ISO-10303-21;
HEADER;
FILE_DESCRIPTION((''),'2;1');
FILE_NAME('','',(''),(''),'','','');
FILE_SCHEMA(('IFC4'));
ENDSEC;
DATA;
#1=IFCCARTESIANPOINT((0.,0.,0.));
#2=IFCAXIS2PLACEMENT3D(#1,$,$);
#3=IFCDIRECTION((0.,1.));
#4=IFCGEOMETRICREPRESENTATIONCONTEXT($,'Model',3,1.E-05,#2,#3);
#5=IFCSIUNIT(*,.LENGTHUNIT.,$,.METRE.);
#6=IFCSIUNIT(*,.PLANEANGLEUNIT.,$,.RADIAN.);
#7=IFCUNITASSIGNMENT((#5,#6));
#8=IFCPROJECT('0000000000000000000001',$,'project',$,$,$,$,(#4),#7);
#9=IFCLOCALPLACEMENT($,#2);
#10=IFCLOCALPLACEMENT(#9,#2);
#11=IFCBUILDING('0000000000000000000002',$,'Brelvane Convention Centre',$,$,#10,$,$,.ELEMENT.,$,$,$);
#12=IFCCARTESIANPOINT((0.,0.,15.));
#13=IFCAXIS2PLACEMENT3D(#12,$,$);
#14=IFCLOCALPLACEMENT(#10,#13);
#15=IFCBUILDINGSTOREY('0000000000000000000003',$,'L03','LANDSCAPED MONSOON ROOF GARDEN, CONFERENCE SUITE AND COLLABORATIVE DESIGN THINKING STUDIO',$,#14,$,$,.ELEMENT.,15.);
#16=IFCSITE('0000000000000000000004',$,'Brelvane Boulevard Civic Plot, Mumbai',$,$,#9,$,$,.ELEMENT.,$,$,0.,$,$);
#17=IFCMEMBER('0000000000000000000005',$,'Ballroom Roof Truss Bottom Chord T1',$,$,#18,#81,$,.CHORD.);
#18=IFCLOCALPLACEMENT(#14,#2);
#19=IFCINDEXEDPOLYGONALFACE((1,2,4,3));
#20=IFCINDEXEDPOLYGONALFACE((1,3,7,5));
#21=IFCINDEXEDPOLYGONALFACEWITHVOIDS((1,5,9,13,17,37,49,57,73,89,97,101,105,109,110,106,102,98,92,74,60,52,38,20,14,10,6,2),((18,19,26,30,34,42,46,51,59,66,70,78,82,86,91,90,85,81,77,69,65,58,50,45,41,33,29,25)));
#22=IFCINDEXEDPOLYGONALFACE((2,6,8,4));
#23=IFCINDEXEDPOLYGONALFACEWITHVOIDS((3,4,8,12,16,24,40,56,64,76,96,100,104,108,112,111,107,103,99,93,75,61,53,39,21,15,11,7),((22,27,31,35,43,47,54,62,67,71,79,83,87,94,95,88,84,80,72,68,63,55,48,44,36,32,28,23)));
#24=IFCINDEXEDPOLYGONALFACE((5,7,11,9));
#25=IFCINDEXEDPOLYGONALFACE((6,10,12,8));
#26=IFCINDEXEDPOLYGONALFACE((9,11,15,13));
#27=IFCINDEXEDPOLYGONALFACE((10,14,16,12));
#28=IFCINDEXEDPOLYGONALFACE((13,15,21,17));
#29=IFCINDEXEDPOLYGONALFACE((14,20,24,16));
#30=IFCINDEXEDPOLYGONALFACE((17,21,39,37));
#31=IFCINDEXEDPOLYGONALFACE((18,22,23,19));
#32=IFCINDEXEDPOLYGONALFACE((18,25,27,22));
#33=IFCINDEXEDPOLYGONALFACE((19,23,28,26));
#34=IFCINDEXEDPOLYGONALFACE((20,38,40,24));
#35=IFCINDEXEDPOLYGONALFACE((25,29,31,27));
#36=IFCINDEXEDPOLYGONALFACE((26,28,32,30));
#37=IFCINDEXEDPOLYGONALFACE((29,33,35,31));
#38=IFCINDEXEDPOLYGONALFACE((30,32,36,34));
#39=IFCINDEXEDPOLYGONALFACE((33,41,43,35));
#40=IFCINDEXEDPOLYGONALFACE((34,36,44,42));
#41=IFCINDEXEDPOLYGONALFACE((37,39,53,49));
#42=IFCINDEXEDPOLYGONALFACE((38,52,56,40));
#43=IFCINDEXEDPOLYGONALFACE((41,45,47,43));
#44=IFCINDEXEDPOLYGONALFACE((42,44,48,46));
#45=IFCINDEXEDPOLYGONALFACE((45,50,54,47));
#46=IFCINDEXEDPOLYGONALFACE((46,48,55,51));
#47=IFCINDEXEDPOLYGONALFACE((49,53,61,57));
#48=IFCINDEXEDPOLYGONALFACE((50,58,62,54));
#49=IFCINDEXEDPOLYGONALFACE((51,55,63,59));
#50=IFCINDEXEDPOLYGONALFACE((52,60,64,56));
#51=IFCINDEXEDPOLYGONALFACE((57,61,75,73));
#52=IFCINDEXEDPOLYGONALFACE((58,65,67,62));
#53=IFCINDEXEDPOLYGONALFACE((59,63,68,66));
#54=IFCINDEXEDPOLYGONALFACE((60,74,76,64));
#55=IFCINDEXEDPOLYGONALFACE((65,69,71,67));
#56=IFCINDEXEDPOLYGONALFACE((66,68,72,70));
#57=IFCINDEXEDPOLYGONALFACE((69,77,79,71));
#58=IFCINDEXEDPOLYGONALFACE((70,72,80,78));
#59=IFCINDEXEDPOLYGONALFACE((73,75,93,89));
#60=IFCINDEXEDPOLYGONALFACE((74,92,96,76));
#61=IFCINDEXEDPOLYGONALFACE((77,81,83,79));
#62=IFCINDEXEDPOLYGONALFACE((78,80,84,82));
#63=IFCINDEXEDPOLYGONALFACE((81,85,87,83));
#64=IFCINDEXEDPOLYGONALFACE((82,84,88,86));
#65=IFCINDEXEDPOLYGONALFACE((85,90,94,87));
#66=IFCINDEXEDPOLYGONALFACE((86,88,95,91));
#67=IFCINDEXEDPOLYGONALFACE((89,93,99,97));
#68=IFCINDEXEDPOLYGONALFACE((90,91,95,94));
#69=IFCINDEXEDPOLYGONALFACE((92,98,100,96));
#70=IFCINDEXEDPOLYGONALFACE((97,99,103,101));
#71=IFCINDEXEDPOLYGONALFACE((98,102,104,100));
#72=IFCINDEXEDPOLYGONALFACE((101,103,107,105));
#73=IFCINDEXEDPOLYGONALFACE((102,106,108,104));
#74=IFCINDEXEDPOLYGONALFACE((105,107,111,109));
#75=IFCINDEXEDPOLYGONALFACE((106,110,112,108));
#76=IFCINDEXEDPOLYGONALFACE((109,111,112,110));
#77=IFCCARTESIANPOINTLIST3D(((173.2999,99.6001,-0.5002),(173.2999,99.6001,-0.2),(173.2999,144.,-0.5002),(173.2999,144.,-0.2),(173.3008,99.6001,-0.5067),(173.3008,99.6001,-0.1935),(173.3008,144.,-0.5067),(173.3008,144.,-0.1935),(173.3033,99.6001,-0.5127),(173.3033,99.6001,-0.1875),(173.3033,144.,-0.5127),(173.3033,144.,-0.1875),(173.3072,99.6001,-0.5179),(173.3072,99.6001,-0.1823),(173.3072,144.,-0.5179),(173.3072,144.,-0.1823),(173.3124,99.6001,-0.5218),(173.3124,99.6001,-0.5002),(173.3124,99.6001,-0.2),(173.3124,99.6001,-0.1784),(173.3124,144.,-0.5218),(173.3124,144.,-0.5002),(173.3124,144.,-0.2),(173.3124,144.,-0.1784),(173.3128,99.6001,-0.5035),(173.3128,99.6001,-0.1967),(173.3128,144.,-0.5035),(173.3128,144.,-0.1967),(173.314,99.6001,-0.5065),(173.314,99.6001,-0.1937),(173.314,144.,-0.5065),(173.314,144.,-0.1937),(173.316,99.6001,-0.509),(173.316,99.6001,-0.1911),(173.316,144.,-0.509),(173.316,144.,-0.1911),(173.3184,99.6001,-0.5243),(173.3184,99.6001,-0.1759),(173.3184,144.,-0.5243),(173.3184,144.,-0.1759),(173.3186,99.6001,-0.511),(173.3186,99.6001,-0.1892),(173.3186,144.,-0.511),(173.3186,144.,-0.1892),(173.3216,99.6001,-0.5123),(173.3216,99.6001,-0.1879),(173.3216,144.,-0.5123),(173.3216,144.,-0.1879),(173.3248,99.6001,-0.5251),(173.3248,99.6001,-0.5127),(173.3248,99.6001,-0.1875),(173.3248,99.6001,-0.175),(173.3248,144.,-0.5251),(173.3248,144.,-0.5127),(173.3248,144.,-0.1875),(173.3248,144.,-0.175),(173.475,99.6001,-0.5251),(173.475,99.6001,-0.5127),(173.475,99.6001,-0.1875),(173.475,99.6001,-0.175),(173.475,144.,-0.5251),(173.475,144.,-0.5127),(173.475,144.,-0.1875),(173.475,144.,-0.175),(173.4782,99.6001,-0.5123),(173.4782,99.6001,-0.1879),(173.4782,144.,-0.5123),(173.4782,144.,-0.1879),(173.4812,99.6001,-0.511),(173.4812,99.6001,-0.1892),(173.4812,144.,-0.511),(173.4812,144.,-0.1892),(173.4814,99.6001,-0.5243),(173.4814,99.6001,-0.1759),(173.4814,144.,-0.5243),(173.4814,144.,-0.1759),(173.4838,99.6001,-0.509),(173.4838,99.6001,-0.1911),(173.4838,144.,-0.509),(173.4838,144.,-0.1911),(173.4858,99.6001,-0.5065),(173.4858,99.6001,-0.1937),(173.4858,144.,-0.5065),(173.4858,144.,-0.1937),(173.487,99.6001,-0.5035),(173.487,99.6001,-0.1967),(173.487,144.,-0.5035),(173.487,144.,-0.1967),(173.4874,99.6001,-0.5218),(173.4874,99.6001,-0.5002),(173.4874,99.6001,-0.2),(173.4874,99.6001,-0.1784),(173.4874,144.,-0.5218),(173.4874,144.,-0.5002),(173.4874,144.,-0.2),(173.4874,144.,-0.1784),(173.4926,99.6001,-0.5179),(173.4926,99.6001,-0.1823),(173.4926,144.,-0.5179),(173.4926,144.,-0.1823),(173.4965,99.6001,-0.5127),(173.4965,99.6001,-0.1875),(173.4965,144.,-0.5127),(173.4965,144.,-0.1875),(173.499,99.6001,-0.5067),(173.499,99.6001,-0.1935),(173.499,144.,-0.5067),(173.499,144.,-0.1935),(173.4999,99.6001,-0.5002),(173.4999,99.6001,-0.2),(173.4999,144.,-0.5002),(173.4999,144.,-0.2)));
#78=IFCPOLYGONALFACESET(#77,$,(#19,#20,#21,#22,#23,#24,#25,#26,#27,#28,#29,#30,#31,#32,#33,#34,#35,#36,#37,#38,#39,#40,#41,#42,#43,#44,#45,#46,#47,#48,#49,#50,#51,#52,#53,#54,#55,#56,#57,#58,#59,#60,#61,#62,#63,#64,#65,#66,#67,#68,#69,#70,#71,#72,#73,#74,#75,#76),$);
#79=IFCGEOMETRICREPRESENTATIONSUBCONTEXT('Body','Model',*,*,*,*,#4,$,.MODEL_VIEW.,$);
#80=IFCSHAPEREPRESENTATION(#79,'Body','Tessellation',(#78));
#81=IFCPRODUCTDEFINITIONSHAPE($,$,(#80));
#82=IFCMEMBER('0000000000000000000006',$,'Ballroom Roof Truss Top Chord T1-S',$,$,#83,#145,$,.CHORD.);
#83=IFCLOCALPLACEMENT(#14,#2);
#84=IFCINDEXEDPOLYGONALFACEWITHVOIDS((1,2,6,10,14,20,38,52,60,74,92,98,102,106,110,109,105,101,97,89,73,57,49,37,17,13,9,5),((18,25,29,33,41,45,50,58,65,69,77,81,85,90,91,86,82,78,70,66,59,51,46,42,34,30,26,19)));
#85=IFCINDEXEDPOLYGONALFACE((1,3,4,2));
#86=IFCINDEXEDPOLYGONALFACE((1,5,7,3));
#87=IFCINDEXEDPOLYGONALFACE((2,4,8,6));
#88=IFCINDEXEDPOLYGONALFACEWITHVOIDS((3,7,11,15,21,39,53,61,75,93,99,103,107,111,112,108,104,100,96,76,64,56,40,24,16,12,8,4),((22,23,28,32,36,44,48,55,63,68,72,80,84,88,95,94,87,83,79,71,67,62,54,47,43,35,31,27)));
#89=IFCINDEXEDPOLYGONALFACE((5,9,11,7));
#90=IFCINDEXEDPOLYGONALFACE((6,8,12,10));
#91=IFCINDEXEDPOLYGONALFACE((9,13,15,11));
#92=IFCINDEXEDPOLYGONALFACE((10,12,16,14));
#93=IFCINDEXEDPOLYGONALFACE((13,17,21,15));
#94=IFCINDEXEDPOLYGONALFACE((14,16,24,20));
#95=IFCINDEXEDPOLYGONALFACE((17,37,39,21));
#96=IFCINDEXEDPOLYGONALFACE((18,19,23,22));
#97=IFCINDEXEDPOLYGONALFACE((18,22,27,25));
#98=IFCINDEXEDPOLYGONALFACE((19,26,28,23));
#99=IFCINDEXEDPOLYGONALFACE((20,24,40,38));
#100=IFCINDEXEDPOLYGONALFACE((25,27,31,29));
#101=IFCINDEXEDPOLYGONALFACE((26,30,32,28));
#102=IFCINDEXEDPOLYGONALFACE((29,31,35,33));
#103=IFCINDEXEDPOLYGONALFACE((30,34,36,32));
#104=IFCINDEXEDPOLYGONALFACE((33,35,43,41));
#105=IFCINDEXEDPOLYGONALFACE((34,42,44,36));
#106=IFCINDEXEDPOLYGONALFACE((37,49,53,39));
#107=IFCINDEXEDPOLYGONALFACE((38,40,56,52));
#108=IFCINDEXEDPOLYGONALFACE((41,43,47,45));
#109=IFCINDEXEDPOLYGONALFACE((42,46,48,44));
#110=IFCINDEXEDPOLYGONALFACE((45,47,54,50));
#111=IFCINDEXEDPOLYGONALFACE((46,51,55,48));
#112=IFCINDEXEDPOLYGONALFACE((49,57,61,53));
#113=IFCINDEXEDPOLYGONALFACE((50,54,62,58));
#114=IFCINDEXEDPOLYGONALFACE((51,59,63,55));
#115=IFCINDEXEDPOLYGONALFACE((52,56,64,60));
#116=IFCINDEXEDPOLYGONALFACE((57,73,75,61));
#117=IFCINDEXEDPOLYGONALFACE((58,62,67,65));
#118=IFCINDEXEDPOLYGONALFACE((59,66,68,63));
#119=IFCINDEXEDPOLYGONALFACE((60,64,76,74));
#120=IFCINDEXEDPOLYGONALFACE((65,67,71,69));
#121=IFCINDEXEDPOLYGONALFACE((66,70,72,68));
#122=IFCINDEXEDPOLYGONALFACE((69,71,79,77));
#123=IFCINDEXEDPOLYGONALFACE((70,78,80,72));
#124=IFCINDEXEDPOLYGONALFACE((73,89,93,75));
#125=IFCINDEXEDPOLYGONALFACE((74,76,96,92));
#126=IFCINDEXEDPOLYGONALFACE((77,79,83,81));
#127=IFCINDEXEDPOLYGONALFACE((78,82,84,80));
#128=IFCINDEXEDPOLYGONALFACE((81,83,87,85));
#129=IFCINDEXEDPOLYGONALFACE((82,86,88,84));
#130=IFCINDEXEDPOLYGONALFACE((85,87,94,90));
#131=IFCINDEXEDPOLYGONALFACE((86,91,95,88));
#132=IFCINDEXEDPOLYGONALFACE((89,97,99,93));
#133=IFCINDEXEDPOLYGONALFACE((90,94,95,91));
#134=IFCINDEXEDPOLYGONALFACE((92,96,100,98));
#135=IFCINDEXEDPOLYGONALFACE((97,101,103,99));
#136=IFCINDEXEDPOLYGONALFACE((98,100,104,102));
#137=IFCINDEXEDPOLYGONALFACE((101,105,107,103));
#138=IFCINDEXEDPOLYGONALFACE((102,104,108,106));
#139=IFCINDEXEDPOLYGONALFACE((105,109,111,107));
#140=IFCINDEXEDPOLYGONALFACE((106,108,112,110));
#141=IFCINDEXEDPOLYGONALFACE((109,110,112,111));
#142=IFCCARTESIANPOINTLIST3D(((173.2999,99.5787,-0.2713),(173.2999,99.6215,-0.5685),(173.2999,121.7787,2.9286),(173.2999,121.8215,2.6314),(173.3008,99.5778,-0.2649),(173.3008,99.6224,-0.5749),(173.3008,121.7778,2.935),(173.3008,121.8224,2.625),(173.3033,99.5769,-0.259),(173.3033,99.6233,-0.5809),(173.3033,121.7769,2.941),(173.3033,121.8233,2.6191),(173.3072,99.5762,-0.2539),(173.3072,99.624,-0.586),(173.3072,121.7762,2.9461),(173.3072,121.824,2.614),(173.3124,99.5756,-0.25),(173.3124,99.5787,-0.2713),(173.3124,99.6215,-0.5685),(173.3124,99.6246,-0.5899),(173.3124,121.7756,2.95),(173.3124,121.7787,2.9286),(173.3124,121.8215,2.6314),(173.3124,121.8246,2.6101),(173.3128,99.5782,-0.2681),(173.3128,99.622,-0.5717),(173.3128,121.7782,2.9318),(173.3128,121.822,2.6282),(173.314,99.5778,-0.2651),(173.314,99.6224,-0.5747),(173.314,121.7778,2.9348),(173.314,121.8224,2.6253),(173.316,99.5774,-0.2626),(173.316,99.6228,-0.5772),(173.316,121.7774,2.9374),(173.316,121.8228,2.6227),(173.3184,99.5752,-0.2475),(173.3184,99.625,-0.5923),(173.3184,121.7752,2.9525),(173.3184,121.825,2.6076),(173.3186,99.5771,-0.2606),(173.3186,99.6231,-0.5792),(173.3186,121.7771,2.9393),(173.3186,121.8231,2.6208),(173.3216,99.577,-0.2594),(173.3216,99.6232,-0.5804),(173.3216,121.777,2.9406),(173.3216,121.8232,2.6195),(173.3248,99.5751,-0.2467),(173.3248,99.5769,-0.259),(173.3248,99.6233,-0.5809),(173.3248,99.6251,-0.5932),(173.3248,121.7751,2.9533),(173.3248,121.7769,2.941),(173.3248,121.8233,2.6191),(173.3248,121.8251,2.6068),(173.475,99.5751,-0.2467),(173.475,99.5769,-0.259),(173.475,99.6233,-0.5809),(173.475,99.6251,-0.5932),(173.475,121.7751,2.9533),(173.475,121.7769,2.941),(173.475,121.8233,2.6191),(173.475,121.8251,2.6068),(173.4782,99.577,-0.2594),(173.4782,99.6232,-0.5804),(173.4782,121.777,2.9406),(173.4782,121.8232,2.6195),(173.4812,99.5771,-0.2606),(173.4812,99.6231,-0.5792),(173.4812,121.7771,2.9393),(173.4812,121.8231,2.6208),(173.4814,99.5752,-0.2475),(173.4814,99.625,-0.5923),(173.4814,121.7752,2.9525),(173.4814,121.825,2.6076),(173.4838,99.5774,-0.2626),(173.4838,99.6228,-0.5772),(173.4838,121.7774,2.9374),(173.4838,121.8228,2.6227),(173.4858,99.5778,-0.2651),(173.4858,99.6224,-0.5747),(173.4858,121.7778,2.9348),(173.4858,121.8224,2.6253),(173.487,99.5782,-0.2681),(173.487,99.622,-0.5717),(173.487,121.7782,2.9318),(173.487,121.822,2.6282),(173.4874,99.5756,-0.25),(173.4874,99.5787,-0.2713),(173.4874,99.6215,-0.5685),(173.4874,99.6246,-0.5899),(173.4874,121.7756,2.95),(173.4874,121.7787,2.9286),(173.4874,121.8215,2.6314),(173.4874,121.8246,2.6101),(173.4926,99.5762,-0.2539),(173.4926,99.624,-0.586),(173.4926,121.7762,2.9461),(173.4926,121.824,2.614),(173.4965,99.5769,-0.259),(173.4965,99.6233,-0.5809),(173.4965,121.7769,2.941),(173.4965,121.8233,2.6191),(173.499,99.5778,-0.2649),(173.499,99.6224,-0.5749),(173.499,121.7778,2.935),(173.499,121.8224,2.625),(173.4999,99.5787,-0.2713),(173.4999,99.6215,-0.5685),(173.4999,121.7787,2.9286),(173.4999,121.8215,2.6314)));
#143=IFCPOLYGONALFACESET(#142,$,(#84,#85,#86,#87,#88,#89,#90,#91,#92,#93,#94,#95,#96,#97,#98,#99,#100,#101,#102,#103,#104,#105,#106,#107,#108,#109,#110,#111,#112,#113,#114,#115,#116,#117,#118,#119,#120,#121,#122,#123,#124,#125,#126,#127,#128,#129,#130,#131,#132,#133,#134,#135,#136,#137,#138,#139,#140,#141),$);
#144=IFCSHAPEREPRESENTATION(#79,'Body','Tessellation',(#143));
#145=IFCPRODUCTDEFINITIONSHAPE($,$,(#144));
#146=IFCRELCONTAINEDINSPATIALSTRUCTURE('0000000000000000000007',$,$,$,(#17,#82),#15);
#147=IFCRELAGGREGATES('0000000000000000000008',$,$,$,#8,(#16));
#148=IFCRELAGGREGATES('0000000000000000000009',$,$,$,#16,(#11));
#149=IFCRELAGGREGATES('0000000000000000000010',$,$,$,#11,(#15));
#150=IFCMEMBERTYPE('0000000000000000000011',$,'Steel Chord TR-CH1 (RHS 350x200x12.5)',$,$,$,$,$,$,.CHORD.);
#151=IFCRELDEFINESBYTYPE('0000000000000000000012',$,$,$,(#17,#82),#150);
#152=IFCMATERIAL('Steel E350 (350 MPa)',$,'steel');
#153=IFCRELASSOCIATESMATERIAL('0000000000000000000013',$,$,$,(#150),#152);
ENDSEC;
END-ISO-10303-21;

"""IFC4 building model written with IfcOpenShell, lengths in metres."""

from ifc_helpers import new_model, si_unit, direction, frame, origin, origin_2d, place, context, subcontext, project, spatial, hollow_rectangle, extrude, material, material_profile, profile_set, type_object, element, save


model = new_model("IFC4")

# Units and contexts
model_context = context("Model", 3, precision=1e-05, world=origin(), true_north=direction((0.0, 1.0)))
body_context = subcontext(model_context, "Body", "Model", "MODEL_VIEW")
ifc_project = project(units=[si_unit("LENGTHUNIT", "METRE"), si_unit("PLANEANGLEUNIT", "RADIAN")], contexts=[model_context])

# Site, building, storey
site_placement = place(None, origin())
site = spatial("IfcSite", under=ifc_project, at=site_placement, Name="Brelvane Boulevard Civic Plot, Mumbai", CompositionType="ELEMENT", RefElevation=0.0)
building_placement = place(site_placement, origin())
building = spatial("IfcBuilding", under=site, at=building_placement, Name="Brelvane Convention Centre", CompositionType="ELEMENT")
storey_placement = place(building_placement, frame((0.0, 0.0, 15.0)))
storey = spatial("IfcBuildingStorey", under=building, at=storey_placement, Name="L03", Description="LANDSCAPED MONSOON ROOF GARDEN, CONFERENCE SUITE AND COLLABORATIVE DESIGN THINKING STUDIO", CompositionType="ELEMENT", Elevation=15.0)

# Members
ifc_material_1 = material(Name="Steel E350 (350 MPa)", Category="steel")
ifc_material_profile_1 = material_profile(ifc_material_1, hollow_rectangle(XDim=0.2, YDim=0.3501, WallThickness=0.0125, InnerFilletRadius=0.0125, OuterFilletRadius=0.0249, at=origin_2d()), Name="RHS 350x200x12.5")
ifc_profile_set_1 = profile_set([ifc_material_profile_1], Name="Steel E350 (350 MPa)")
member_type_1 = type_object("IfcMemberType", Name="Steel Chord TR-CH1 (RHS 350x200x12.5)", PredefinedType="CHORD", material=ifc_profile_set_1)
member_1_placement = place(storey_placement, frame((173.3999, 99.6001, -0.3501), z_axis=(0.0, 1.0, 0.0), x_axis=(-1.0, 0.0, 0.0)))
element("IfcMember", 1, at=member_1_placement, inside=storey, type_object=member_type_1, Name="Ballroom Roof Truss Bottom Chord T1", PredefinedType="CHORD", context=body_context, shape_type="SweptSolid", body=[
    extrude(hollow_rectangle(XDim=0.2, YDim=0.3501, WallThickness=0.0125, InnerFilletRadius=0.0125, OuterFilletRadius=0.0249, at=origin_2d()), origin(), (0.0, 0.0, 1.0), 44.3999),
])
for number, where, z_axis, x_axis, name in (
    (2, (173.3999, 99.6001, -0.4199), (0.0, 0.989771, 0.142668), (-1.0, 0.0, 0.0), "Ballroom Roof Truss Top Chord T1-S"),
):
    element("IfcMember", number, at=place(storey_placement, frame(where, z_axis=z_axis, x_axis=x_axis)), inside=storey, type_object=member_type_1, Name=name, PredefinedType="CHORD", context=body_context, shape_type="SweptSolid", body=[
        extrude(hollow_rectangle(XDim=0.2, YDim=0.3501, WallThickness=0.0125, InnerFilletRadius=0.0125, OuterFilletRadius=0.0249, at=origin_2d()), origin(), (0.0, 0.0, 1.0), 22.4294),
    ])

save(model, "model.ifc")
